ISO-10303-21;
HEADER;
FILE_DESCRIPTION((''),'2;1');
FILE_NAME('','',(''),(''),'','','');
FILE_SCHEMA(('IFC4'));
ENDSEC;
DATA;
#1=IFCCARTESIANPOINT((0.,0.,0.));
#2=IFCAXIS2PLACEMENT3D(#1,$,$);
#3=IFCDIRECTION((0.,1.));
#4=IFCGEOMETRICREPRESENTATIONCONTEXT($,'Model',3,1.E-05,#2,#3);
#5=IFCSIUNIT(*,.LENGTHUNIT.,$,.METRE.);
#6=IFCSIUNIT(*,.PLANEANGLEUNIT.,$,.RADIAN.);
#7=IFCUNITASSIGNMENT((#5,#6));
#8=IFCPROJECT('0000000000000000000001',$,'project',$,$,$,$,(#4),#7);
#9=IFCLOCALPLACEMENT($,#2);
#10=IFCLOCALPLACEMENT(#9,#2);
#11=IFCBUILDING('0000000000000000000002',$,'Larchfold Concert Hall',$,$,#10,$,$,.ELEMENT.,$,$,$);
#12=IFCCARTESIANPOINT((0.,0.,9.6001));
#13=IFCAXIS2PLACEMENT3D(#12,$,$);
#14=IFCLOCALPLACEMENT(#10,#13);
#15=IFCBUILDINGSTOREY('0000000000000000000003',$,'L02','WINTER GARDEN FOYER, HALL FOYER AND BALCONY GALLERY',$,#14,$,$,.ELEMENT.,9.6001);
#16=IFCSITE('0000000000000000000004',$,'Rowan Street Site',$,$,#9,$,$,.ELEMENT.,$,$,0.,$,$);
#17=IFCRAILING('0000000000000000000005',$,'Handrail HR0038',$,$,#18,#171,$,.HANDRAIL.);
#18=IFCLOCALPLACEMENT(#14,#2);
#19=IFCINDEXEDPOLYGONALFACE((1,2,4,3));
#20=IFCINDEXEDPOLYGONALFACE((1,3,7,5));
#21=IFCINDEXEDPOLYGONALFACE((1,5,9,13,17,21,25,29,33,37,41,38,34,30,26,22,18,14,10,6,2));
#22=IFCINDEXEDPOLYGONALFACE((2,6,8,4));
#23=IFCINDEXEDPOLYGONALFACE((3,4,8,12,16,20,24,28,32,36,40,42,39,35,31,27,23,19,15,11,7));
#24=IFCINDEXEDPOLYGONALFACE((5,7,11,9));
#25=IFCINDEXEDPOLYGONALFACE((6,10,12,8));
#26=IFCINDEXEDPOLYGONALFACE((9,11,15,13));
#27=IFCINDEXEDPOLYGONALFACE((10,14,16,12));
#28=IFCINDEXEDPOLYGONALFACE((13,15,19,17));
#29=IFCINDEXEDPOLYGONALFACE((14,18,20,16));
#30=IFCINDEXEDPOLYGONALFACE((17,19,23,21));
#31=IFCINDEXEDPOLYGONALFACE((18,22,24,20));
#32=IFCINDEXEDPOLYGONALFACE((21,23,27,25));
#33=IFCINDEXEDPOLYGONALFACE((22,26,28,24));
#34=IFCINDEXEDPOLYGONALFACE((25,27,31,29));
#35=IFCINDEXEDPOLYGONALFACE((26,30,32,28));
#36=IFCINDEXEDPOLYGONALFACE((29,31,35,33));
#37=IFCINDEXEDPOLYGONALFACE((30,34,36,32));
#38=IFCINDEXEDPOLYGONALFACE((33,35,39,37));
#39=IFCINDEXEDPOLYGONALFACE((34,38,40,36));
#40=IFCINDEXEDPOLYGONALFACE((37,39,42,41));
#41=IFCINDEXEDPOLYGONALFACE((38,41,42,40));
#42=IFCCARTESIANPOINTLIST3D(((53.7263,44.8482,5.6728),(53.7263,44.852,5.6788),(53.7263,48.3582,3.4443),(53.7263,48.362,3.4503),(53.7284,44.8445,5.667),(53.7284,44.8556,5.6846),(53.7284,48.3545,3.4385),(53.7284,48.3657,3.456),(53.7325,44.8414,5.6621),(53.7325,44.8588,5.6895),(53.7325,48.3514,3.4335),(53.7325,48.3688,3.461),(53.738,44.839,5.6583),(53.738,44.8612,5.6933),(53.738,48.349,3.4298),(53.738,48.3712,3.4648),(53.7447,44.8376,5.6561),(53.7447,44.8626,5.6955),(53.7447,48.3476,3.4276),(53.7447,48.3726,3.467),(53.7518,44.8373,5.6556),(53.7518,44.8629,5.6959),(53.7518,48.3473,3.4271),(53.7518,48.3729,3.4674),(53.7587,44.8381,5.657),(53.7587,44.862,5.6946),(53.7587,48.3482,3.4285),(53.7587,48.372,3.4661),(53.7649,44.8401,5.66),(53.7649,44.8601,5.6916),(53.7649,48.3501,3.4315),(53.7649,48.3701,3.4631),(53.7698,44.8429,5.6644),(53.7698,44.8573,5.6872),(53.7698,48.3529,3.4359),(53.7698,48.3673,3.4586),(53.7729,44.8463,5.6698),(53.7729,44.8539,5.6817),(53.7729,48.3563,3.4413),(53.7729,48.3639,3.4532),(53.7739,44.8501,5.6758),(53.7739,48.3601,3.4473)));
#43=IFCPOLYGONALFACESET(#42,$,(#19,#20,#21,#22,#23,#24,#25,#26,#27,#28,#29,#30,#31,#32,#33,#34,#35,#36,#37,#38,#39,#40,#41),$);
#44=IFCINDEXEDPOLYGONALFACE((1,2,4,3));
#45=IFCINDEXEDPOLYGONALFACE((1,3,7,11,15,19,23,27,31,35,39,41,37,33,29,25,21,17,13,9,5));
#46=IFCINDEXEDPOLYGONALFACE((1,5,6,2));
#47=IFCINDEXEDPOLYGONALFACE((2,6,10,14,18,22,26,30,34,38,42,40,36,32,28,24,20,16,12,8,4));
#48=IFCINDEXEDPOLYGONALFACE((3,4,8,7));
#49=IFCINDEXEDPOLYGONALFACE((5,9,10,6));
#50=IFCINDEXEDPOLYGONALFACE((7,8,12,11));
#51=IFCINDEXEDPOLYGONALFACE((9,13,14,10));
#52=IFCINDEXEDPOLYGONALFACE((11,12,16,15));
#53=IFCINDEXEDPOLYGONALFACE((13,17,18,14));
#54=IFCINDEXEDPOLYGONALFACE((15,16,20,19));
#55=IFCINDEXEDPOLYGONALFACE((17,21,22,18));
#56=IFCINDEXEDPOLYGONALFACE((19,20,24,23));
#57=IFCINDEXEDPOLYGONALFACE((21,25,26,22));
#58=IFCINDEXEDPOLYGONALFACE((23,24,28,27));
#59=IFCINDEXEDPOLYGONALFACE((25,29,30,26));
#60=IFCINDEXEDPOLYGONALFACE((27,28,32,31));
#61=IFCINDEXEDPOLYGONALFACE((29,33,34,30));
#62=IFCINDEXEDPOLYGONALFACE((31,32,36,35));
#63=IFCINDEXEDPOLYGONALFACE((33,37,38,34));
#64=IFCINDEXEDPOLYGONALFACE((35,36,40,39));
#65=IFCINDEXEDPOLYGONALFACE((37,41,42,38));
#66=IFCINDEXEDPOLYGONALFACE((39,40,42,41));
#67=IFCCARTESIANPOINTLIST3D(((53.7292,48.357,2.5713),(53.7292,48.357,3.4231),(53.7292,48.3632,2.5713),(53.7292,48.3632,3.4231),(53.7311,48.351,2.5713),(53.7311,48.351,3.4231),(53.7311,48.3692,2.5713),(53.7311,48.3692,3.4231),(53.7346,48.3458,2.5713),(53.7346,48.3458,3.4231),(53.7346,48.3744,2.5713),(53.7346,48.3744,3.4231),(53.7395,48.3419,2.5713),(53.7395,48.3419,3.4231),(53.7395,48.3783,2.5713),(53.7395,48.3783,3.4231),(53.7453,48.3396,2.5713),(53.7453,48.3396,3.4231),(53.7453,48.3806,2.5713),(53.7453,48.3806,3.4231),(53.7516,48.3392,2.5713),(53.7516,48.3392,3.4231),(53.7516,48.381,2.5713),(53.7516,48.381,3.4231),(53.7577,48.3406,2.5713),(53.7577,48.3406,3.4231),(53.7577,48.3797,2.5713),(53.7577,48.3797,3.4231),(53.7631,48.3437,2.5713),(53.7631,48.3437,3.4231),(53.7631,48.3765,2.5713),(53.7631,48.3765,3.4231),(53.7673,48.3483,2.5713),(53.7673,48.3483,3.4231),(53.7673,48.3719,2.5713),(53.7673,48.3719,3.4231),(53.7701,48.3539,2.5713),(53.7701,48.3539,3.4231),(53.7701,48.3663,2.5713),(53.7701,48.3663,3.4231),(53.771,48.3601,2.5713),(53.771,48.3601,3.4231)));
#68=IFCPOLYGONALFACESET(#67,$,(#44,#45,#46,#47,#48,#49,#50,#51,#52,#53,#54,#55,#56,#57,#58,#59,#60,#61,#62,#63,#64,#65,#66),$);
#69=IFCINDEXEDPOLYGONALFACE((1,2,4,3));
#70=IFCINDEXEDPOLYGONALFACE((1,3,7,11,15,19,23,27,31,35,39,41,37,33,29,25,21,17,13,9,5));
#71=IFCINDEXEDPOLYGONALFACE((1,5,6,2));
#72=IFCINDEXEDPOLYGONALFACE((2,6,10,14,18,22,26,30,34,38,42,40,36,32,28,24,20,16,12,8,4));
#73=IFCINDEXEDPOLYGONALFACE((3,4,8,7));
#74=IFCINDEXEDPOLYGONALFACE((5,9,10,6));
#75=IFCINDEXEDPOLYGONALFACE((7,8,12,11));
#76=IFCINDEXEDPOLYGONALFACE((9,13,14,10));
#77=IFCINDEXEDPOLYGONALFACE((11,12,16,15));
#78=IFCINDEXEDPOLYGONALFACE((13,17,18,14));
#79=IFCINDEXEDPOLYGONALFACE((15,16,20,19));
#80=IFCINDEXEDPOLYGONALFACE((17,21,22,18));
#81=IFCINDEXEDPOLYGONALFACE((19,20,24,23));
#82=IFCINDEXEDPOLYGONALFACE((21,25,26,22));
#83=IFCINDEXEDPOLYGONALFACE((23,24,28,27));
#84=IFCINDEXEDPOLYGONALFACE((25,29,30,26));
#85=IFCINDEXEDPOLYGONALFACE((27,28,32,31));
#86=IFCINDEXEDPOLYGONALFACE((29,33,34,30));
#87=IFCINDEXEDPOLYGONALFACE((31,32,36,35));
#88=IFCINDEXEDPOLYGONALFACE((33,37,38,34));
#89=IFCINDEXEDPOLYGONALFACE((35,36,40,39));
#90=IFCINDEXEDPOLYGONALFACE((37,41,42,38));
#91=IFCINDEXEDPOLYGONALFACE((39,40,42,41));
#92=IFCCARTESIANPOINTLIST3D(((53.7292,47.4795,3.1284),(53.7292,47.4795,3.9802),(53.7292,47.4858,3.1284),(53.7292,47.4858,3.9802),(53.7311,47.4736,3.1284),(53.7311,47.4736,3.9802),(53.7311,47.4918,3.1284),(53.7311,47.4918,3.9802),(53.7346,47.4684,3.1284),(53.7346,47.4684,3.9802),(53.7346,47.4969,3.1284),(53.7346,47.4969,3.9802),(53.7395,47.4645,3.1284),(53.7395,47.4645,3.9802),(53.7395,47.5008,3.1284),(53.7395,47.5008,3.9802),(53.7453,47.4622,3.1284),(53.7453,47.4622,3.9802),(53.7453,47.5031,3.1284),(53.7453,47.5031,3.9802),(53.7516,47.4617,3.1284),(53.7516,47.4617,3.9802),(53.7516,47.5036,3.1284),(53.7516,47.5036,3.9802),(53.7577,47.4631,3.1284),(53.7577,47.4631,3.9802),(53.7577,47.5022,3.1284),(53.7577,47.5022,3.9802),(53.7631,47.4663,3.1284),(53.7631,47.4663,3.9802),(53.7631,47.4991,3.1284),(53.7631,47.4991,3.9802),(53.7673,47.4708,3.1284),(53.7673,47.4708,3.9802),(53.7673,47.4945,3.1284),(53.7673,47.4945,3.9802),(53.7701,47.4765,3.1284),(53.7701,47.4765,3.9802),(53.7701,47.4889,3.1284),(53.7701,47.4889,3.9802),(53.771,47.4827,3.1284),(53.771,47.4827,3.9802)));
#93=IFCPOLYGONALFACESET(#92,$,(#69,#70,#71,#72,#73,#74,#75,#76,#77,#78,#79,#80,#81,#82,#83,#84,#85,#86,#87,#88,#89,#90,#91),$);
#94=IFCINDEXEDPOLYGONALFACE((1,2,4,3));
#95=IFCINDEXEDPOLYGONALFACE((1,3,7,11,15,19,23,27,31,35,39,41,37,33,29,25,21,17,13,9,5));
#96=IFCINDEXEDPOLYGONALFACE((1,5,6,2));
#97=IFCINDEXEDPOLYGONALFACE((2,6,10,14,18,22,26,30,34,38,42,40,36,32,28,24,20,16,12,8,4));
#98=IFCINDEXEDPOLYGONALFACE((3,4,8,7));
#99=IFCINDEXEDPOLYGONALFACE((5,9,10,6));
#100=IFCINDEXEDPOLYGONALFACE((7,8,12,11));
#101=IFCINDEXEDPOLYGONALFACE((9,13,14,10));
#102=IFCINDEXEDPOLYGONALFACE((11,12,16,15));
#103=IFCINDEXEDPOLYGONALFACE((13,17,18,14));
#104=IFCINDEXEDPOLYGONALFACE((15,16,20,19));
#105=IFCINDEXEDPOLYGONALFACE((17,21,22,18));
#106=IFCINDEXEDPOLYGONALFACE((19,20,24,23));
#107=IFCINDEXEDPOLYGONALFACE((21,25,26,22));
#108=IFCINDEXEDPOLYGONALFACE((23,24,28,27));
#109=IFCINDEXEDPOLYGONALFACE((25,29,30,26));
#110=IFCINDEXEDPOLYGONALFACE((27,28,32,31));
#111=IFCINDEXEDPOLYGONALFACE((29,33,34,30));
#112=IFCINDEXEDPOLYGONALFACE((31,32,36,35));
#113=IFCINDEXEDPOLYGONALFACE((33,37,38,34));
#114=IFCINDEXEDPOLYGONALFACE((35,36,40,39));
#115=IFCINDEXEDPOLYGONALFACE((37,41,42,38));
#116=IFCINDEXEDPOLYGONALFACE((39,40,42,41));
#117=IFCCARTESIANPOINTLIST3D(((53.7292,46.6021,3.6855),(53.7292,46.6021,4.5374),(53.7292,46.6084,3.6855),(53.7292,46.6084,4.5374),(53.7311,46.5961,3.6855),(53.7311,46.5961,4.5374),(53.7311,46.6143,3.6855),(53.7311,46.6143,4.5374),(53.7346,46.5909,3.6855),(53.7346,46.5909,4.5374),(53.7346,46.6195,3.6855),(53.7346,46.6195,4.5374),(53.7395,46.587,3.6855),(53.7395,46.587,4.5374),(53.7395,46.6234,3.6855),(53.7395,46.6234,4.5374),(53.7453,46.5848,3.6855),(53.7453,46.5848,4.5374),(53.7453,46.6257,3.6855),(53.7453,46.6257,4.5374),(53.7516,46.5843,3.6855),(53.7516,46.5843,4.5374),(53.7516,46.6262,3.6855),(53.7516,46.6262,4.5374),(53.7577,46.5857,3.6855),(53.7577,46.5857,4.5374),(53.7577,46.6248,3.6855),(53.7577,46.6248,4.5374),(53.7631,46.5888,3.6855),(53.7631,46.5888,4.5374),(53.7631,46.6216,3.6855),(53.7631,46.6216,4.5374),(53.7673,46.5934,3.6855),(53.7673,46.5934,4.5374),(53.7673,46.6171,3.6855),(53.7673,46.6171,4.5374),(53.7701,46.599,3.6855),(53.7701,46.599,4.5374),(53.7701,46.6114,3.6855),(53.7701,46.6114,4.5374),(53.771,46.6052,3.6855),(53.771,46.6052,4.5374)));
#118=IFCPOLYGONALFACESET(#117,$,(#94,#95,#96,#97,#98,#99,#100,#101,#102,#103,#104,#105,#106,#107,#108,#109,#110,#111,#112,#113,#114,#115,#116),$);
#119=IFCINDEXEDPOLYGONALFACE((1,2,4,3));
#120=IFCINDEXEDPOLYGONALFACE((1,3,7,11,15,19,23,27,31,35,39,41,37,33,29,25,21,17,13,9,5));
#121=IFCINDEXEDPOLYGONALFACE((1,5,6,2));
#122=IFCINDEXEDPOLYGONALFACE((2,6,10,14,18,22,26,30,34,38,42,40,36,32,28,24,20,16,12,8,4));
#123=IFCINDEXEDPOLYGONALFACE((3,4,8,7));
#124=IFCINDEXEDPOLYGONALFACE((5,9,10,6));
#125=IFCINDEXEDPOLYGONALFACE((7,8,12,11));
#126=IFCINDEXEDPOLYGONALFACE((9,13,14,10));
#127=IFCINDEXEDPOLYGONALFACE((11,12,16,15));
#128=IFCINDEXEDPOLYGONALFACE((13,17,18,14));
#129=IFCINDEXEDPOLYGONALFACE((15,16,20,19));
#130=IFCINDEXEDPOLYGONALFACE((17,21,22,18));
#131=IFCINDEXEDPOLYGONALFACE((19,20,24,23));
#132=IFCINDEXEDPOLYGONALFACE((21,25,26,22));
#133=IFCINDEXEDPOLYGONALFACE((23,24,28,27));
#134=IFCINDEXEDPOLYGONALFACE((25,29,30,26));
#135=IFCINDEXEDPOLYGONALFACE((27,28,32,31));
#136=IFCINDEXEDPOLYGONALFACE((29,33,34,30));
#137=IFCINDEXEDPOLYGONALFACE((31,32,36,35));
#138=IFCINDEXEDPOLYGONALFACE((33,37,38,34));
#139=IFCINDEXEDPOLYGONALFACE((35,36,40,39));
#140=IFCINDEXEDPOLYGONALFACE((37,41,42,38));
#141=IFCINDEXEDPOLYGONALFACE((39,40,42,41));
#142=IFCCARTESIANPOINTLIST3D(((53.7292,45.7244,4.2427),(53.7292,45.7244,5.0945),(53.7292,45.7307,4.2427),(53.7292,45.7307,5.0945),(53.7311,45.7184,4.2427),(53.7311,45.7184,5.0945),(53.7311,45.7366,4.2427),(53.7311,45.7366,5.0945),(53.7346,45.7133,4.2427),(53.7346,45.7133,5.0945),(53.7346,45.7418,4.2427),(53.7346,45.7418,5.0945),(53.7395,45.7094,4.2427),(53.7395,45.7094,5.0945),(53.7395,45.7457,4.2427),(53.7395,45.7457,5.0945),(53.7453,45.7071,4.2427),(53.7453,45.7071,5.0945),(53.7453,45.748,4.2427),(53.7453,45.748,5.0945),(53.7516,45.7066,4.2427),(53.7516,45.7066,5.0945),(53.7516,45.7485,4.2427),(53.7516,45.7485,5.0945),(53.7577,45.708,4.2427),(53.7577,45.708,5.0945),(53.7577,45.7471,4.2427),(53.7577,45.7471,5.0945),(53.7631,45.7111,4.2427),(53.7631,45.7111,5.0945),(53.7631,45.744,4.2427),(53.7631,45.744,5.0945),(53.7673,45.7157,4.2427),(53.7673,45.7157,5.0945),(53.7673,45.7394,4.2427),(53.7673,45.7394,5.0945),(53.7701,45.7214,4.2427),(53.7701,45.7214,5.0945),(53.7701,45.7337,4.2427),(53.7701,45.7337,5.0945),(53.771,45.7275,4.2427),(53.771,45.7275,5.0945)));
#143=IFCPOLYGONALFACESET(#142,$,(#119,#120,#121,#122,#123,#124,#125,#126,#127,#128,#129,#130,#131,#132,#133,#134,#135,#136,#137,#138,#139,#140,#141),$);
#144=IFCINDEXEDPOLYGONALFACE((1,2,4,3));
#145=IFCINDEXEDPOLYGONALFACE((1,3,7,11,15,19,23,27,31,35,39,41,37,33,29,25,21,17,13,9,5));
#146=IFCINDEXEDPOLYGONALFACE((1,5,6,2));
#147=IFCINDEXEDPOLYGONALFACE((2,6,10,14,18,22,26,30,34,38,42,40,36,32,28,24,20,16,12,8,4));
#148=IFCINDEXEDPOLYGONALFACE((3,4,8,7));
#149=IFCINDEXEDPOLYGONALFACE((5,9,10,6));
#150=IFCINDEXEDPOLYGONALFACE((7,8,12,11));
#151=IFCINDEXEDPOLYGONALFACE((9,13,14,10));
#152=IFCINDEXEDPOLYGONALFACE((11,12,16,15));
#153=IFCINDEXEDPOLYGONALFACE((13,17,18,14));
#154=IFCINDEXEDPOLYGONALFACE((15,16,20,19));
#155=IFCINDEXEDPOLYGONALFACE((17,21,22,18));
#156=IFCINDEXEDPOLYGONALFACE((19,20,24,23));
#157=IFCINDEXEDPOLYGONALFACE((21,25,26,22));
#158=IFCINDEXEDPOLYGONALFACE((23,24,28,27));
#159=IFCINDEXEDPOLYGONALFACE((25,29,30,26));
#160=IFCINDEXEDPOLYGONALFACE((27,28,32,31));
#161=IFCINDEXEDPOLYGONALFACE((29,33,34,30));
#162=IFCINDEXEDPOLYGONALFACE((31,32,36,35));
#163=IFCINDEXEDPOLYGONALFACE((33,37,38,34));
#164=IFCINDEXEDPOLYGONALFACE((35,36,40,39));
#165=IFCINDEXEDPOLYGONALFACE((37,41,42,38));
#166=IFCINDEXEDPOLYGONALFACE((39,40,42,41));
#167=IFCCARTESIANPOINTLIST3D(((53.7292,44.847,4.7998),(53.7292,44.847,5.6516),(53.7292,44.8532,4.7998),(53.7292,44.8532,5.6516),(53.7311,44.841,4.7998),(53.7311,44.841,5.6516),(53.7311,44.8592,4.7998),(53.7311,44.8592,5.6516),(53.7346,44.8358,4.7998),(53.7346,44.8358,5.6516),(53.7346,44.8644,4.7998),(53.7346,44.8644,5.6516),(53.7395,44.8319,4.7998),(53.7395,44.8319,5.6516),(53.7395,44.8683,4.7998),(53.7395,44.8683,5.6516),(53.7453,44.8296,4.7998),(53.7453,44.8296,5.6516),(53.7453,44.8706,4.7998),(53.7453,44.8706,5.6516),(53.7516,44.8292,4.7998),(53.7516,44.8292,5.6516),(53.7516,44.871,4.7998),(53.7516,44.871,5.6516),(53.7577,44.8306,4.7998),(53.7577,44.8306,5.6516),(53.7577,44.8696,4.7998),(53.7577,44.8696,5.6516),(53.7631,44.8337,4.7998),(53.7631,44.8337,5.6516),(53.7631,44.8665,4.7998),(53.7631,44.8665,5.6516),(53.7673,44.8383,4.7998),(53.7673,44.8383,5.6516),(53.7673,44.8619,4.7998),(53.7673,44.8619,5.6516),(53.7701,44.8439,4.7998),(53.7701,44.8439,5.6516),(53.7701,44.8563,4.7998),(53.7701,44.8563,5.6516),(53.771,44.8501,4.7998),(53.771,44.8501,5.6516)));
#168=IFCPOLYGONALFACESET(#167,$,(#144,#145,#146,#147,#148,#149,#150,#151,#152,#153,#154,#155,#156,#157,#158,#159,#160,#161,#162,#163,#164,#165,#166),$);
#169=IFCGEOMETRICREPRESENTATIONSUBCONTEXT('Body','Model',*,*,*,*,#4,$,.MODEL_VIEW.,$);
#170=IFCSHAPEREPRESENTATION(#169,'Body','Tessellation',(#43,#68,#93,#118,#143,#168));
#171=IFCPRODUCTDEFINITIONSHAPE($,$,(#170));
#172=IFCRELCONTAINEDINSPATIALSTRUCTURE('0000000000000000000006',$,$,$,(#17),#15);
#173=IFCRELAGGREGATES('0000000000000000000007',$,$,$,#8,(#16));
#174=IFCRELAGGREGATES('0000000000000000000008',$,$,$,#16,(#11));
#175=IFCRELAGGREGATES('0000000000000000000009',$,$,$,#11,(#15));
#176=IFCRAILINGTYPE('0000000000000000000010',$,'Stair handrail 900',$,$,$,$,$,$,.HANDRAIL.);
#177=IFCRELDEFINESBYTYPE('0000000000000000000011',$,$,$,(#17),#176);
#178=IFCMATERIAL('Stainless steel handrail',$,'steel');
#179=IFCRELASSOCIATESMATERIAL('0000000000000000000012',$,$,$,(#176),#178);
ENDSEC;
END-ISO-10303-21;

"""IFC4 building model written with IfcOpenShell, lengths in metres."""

from ifc_helpers import new_model, si_unit, direction, frame, origin, origin_2d, place, context, subcontext, project, spatial, circle, extrude, material, type_object, element, save


model = new_model("IFC4")

# Units and contexts
model_context = context("Model", 3, precision=1e-05, world=origin(), true_north=direction((0.0, 1.0)))
body_context = subcontext(model_context, "Body", "Model", "MODEL_VIEW")
ifc_project = project(units=[si_unit("LENGTHUNIT", "METRE"), si_unit("PLANEANGLEUNIT", "RADIAN")], contexts=[model_context])

# Site, building, storey
site_placement = place(None, origin())
site = spatial("IfcSite", under=ifc_project, at=site_placement, Name="Rowan Street Site", CompositionType="ELEMENT", RefElevation=0.0)
building_placement = place(site_placement, origin())
building = spatial("IfcBuilding", under=site, at=building_placement, Name="Larchfold Concert Hall", CompositionType="ELEMENT")
storey_placement = place(building_placement, frame((0.0, 0.0, 9.6001)))
storey = spatial("IfcBuildingStorey", under=building, at=storey_placement, Name="L02", Description="WINTER GARDEN FOYER, HALL FOYER AND BALCONY GALLERY", CompositionType="ELEMENT", Elevation=9.6001)

# Railing
ifc_material_1 = material(Name="Stainless steel handrail", Category="steel")
railing_type_1 = type_object("IfcRailingType", Name="Stair handrail 900", PredefinedType="HANDRAIL", material=ifc_material_1)
railing_1_placement = place(storey_placement, frame((53.75, 48.3601, 2.5713)))
element("IfcRailing", 1, at=railing_1_placement, inside=storey, type_object=railing_type_1, Name="Handrail HR0038", PredefinedType="HANDRAIL", context=body_context, shape_type="SweptSolid", body=[
    extrude(circle(Radius=0.0239, at=origin_2d()), frame((0.0, 0.0, 0.876), z_axis=(0.0, -0.84422, 0.535998), x_axis=(1.0, 0.0, 0.0)), (0.0, 0.0, 1.0), 4.1577),
    extrude(circle(Radius=0.021, at=origin_2d()), origin(), (0.0, 0.0, 1.0), 0.8518),
    extrude(circle(Radius=0.021, at=origin_2d()), frame((0.0, -0.8774, 0.5571)), (0.0, 0.0, 1.0), 0.8518),
    extrude(circle(Radius=0.021, at=origin_2d()), frame((0.0, -1.7549, 1.1143)), (0.0, 0.0, 1.0), 0.8518),
    extrude(circle(Radius=0.021, at=origin_2d()), frame((0.0, -2.6326, 1.6714)), (0.0, 0.0, 1.0), 0.8518),
    extrude(circle(Radius=0.021, at=origin_2d()), frame((0.0, -3.51, 2.2285)), (0.0, 0.0, 1.0), 0.8518),
])

save(model, "model.ifc")
